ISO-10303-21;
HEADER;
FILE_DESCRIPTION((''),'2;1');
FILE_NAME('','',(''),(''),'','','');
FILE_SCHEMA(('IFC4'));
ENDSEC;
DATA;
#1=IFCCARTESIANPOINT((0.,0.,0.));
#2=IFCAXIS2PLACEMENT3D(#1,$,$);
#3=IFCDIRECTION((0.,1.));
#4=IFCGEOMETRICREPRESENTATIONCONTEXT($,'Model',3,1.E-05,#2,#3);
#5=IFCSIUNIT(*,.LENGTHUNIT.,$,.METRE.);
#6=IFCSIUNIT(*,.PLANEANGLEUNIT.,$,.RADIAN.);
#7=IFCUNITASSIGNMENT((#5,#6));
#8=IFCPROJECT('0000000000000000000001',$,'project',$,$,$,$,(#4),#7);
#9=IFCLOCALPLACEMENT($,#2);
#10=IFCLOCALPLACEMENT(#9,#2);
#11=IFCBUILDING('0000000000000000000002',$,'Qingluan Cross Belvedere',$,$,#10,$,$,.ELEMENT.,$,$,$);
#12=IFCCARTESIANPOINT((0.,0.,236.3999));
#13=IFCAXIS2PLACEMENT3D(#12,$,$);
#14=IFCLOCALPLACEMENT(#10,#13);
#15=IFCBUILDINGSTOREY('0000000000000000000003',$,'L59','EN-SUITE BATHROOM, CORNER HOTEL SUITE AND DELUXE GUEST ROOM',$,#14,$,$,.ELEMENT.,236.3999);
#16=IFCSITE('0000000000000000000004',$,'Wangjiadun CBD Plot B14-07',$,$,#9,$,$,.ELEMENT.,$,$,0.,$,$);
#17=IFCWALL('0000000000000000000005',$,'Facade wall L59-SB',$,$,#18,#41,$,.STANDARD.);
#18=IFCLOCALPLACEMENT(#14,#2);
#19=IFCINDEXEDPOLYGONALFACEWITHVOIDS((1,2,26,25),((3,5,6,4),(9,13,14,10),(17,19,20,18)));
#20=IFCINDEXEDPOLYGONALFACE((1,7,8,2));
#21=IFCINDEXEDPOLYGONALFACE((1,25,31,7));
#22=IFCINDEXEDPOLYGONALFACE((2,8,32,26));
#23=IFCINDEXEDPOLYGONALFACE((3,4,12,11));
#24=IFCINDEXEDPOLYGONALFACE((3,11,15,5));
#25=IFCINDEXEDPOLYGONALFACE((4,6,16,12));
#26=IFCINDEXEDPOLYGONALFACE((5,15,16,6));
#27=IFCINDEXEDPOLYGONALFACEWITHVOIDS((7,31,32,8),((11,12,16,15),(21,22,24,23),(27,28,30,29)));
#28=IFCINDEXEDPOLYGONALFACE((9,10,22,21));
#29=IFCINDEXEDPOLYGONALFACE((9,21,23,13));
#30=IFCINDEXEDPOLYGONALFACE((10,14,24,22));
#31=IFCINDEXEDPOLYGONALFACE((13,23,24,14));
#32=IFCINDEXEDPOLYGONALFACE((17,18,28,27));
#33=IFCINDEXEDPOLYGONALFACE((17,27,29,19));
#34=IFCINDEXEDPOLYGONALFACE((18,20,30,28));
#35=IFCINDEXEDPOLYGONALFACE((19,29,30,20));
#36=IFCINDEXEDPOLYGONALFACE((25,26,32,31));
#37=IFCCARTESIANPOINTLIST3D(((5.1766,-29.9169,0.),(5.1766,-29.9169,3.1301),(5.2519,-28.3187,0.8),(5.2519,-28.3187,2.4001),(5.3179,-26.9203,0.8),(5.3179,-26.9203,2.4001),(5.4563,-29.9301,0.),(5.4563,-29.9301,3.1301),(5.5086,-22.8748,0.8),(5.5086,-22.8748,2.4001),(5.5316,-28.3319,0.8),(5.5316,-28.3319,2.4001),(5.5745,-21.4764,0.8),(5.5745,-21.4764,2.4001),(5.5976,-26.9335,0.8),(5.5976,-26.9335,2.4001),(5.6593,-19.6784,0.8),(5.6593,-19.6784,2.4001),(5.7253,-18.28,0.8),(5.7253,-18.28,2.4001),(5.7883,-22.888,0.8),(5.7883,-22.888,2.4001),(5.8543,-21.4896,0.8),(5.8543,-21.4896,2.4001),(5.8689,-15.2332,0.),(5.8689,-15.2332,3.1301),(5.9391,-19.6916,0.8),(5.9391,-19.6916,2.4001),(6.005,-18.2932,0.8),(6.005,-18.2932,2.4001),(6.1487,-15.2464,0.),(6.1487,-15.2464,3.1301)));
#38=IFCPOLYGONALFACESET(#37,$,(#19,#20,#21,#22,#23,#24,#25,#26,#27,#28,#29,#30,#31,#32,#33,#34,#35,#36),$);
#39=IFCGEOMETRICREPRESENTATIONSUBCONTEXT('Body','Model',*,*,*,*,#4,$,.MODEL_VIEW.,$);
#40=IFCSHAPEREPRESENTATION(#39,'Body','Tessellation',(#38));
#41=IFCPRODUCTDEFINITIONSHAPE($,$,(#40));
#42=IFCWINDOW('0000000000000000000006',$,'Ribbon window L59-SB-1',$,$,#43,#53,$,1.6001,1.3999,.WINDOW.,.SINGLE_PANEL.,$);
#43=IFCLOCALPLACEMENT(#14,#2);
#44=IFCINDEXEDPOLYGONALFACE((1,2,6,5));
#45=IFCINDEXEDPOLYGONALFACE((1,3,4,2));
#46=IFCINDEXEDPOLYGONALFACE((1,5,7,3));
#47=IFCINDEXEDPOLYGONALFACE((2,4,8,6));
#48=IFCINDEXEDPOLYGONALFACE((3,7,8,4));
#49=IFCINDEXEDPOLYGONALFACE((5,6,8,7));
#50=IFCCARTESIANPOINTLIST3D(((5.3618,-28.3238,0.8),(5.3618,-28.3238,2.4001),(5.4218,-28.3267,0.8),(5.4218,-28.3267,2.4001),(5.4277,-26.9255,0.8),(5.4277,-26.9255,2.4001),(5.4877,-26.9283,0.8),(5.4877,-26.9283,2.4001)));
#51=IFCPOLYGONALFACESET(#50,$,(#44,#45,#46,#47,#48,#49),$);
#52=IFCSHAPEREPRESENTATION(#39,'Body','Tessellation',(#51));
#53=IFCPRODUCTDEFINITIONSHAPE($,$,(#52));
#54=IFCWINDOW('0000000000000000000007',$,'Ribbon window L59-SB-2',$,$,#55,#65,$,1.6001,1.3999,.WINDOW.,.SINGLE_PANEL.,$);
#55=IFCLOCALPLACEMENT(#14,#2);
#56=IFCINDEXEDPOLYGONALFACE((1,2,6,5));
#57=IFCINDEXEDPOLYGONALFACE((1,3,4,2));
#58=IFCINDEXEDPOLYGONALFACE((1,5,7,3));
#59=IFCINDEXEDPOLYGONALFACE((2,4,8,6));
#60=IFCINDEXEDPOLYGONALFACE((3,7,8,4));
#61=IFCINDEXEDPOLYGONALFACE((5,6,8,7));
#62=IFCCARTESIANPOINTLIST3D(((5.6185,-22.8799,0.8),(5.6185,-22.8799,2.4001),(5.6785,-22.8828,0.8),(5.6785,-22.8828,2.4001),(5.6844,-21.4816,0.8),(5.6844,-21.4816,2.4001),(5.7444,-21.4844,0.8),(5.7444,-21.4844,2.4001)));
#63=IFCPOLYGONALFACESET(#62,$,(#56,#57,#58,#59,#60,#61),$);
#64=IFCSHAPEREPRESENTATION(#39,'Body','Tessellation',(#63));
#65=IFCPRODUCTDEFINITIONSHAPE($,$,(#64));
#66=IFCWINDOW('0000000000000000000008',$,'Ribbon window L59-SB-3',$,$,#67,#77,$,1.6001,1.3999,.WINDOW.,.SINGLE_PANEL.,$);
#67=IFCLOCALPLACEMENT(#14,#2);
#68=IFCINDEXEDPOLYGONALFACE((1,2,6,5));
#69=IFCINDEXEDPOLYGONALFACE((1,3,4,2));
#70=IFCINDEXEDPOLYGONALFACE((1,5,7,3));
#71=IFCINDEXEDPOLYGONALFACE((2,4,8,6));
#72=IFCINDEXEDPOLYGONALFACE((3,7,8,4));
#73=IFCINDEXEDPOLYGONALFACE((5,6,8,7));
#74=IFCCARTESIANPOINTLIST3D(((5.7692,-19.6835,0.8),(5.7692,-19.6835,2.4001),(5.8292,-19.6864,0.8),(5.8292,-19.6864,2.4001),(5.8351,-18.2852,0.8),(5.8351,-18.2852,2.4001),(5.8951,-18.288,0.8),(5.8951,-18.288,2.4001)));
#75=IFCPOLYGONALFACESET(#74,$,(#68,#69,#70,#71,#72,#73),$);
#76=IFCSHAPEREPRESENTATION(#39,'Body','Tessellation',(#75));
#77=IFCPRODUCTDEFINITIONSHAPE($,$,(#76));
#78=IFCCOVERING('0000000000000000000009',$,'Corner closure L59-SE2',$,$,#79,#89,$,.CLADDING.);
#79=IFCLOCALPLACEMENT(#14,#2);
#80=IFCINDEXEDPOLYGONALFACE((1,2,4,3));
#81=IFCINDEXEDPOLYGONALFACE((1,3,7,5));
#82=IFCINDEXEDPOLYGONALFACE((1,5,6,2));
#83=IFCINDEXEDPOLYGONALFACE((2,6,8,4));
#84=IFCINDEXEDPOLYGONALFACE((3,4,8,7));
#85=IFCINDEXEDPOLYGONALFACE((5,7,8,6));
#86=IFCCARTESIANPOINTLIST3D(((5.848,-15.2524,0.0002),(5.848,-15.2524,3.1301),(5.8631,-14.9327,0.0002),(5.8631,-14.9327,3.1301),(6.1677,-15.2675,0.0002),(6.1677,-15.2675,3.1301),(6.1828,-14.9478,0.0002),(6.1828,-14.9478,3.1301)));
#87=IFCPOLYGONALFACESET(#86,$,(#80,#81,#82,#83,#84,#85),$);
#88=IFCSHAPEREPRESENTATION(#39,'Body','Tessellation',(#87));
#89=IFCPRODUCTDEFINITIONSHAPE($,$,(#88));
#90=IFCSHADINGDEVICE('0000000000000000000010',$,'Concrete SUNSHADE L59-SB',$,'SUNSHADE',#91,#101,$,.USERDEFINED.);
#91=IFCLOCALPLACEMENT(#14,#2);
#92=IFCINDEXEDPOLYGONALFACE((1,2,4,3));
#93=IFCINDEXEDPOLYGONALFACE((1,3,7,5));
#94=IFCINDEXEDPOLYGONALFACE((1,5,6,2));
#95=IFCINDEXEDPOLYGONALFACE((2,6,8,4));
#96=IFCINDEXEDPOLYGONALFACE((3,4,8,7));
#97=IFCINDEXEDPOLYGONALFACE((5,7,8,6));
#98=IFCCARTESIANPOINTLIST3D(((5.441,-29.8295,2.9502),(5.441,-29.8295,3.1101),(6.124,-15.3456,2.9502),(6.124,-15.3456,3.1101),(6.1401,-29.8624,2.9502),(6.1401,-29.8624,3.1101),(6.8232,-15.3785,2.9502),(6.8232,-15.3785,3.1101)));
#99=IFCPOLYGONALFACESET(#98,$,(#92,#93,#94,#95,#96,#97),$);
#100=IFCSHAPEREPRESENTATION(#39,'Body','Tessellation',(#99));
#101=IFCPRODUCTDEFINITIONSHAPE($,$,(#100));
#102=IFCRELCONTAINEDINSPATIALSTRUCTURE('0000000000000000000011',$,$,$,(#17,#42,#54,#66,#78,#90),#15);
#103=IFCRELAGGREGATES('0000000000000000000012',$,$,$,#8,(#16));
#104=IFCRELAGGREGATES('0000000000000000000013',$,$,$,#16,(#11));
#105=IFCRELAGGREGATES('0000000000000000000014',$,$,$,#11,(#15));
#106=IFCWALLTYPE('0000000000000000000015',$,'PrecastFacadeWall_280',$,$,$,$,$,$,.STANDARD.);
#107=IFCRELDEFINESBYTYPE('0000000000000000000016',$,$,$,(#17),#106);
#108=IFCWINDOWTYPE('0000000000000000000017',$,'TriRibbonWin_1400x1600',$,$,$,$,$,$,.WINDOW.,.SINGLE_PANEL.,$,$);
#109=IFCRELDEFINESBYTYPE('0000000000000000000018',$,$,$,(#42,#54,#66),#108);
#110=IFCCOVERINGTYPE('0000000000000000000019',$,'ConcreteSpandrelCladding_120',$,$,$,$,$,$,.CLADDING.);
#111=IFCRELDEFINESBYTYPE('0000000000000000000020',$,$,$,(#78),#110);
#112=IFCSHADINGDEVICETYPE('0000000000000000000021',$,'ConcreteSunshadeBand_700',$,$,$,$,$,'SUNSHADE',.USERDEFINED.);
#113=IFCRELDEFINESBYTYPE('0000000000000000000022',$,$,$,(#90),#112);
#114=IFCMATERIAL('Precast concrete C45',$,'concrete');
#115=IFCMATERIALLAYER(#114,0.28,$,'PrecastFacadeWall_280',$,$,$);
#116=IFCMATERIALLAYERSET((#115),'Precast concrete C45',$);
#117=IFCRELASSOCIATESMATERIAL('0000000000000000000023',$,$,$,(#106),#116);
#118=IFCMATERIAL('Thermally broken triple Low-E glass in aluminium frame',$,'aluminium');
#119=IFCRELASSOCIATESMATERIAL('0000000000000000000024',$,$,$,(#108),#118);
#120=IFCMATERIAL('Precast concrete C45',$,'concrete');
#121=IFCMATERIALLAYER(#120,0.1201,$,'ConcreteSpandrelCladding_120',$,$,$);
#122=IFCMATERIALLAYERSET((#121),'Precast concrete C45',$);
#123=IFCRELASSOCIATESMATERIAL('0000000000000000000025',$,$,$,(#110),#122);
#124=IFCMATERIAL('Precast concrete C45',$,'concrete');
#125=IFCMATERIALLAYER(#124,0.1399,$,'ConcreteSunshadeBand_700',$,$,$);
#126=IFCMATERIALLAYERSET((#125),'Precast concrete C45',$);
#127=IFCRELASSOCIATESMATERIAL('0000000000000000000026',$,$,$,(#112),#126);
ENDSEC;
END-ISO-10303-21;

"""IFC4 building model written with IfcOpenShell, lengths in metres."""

from ifc_helpers import new_model, si_unit, direction, frame, frame_2d, origin, origin_2d, place, context, subcontext, project, spatial, rectangle, extrude, material, layer, layer_set, type_object, element, fill, save


model = new_model("IFC4")

# Units and contexts
model_context = context("Model", 3, precision=1e-05, world=origin(), true_north=direction((0.0, 1.0)))
body_context = subcontext(model_context, "Body", "Model", "MODEL_VIEW")
ifc_project = project(units=[si_unit("LENGTHUNIT", "METRE"), si_unit("PLANEANGLEUNIT", "RADIAN")], contexts=[model_context])

# Site, building, storey
site_placement = place(None, origin())
site = spatial("IfcSite", under=ifc_project, at=site_placement, Name="Wangjiadun CBD Plot B14-07", CompositionType="ELEMENT", RefElevation=0.0)
building_placement = place(site_placement, origin())
building = spatial("IfcBuilding", under=site, at=building_placement, Name="Qingluan Cross Belvedere", CompositionType="ELEMENT")
storey_placement = place(building_placement, frame((0.0, 0.0, 236.3999)))
storey = spatial("IfcBuildingStorey", under=building, at=storey_placement, Name="L59", Description="EN-SUITE BATHROOM, CORNER HOTEL SUITE AND DELUXE GUEST ROOM", CompositionType="ELEMENT", Elevation=236.3999)

# Wall, openings, windows
ifc_material_1 = material(Name="Precast concrete C45", Category="concrete")
ifc_layer_1 = layer(ifc_material_1, 0.28, Name="PrecastFacadeWall_280")
ifc_layer_set_1 = layer_set([ifc_layer_1], Name="Precast concrete C45")
wall_type_1 = type_object("IfcWallType", Name="PrecastFacadeWall_280", PredefinedType="STANDARD", material=ifc_layer_set_1)
wall_1_placement = place(storey_placement, frame((5.3164, -29.9236, 0.0), z_axis=(0.0, 0.0, 1.0), x_axis=(0.047101, 0.99889, 0.0)))
wall_1 = element("IfcWall", 1, at=wall_1_placement, inside=storey, type_object=wall_type_1, Name="Facade wall L59-SB", PredefinedType="STANDARD", context=body_context, shape_type="SweptSolid", body=[
    extrude(rectangle(XDim=14.7, YDim=0.28, at=frame_2d((7.3501, 0.0))), origin(), (0.0, 0.0, 1.0), 3.1301),
])
opening_1_placement = place(wall_1_placement, frame((1.6001, 0.0, 0.8)))
opening_1 = element("IfcOpeningElement", 2, at=opening_1_placement, cuts=wall_1, PredefinedType="OPENING", context=body_context, shape_type="SweptSolid", body=[
    extrude(rectangle(XDim=1.3999, YDim=1.6001, at=frame_2d((0.7, 0.8))), frame((0.0, 0.1499, 0.0), z_axis=(0.0, -1.0, 0.0), x_axis=(1.0, 0.0, 0.0)), (0.0, 0.0, 1.0), 0.3),
])
opening_2_placement = place(wall_1_placement, frame((7.05, 0.0, 0.8)))
opening_2 = element("IfcOpeningElement", 3, at=opening_2_placement, cuts=wall_1, PredefinedType="OPENING", context=body_context, shape_type="SweptSolid", body=[
    extrude(rectangle(XDim=1.3999, YDim=1.6001, at=frame_2d((0.7, 0.8))), frame((0.0, 0.1499, 0.0), z_axis=(0.0, -1.0, 0.0), x_axis=(1.0, 0.0, 0.0)), (0.0, 0.0, 1.0), 0.3),
])
opening_3_placement = place(wall_1_placement, frame((10.25, 0.0, 0.8)))
opening_3 = element("IfcOpeningElement", 4, at=opening_3_placement, cuts=wall_1, PredefinedType="OPENING", context=body_context, shape_type="SweptSolid", body=[
    extrude(rectangle(XDim=1.3999, YDim=1.6001, at=frame_2d((0.7, 0.8))), frame((0.0, 0.1499, 0.0), z_axis=(0.0, -1.0, 0.0), x_axis=(1.0, 0.0, 0.0)), (0.0, 0.0, 1.0), 0.3),
])
ifc_material_2 = material(Name="Thermally broken triple Low-E glass in aluminium frame", Category="aluminium")
window_type = type_object("IfcWindowType", Name="TriRibbonWin_1400x1600", PartitioningType="SINGLE_PANEL", PredefinedType="WINDOW", material=ifc_material_2)
window_1_placement = place(opening_1_placement, origin())
window_1 = element("IfcWindow", 5, at=window_1_placement, inside=storey, type_object=window_type, Name="Ribbon window L59-SB-1", OverallHeight=1.6001, OverallWidth=1.3999, PartitioningType="SINGLE_PANEL", PredefinedType="WINDOW", context=body_context, shape_type="SweptSolid", body=[
    extrude(rectangle(XDim=1.3999, YDim=1.6001, at=frame_2d((0.7, 0.8))), frame((0.0, 0.03, 0.0), z_axis=(0.0, -1.0, 0.0), x_axis=(1.0, 0.0, 0.0)), (0.0, 0.0, 1.0), 0.0601),
])
fill(opening_1, window_1)
window_2_placement = place(opening_2_placement, origin())
window_2 = element("IfcWindow", 6, at=window_2_placement, inside=storey, type_object=window_type, Name="Ribbon window L59-SB-2", OverallHeight=1.6001, OverallWidth=1.3999, PartitioningType="SINGLE_PANEL", PredefinedType="WINDOW", context=body_context, shape_type="SweptSolid", body=[
    extrude(rectangle(XDim=1.3999, YDim=1.6001, at=frame_2d((0.7, 0.8))), frame((0.0, 0.03, 0.0), z_axis=(0.0, -1.0, 0.0), x_axis=(1.0, 0.0, 0.0)), (0.0, 0.0, 1.0), 0.0601),
])
fill(opening_2, window_2)
window_3_placement = place(opening_3_placement, origin())
window_3 = element("IfcWindow", 7, at=window_3_placement, inside=storey, type_object=window_type, Name="Ribbon window L59-SB-3", OverallHeight=1.6001, OverallWidth=1.3999, PartitioningType="SINGLE_PANEL", PredefinedType="WINDOW", context=body_context, shape_type="SweptSolid", body=[
    extrude(rectangle(XDim=1.3999, YDim=1.6001, at=frame_2d((0.7, 0.8))), frame((0.0, 0.03, 0.0), z_axis=(0.0, -1.0, 0.0), x_axis=(1.0, 0.0, 0.0)), (0.0, 0.0, 1.0), 0.0601),
])
fill(opening_3, window_3)

# Covering
ifc_material_3 = material(Name="Precast concrete C45", Category="concrete")
ifc_layer_2 = layer(ifc_material_3, 0.1201, Name="ConcreteSpandrelCladding_120")
ifc_layer_set_2 = layer_set([ifc_layer_2], Name="Precast concrete C45")
covering_type = type_object("IfcCoveringType", Name="ConcreteSpandrelCladding_120", PredefinedType="CLADDING", material=ifc_layer_set_2)
covering_placement = place(storey_placement, frame((6.0154, -15.1001, 0.0002), z_axis=(0.0, 0.0, 1.0), x_axis=(0.99889, -0.047106, 0.0)))
element("IfcCovering", 8, at=covering_placement, inside=storey, type_object=covering_type, Name="Corner closure L59-SE2", PredefinedType="CLADDING", context=body_context, shape_type="SweptSolid", body=[
    extrude(rectangle(XDim=0.3201, YDim=0.3201, at=origin_2d()), origin(), (0.0, 0.0, 1.0), 3.1299),
])

# Shading device
ifc_material_4 = material(Name="Precast concrete C45", Category="concrete")
ifc_layer_3 = layer(ifc_material_4, 0.1399, Name="ConcreteSunshadeBand_700")
ifc_layer_set_3 = layer_set([ifc_layer_3], Name="Precast concrete C45")
shading_device_type = type_object("IfcShadingDeviceType", Name="ConcreteSunshadeBand_700", ElementType="SUNSHADE", PredefinedType="USERDEFINED", material=ifc_layer_set_3)
shading_device_placement = place(storey_placement, frame((6.1321, -22.604, 2.9502), z_axis=(0.0, 0.0, 1.0), x_axis=(0.047109, 0.99889, 0.0)))
element("IfcShadingDevice", 9, at=shading_device_placement, inside=storey, type_object=shading_device_type, Name="Concrete SUNSHADE L59-SB", ObjectType="SUNSHADE", PredefinedType="USERDEFINED", context=body_context, shape_type="SweptSolid", body=[
    extrude(rectangle(XDim=14.5, YDim=0.7, at=origin_2d()), origin(), (0.0, 0.0, 1.0), 0.1599),
])

save(model, "model.ifc")
